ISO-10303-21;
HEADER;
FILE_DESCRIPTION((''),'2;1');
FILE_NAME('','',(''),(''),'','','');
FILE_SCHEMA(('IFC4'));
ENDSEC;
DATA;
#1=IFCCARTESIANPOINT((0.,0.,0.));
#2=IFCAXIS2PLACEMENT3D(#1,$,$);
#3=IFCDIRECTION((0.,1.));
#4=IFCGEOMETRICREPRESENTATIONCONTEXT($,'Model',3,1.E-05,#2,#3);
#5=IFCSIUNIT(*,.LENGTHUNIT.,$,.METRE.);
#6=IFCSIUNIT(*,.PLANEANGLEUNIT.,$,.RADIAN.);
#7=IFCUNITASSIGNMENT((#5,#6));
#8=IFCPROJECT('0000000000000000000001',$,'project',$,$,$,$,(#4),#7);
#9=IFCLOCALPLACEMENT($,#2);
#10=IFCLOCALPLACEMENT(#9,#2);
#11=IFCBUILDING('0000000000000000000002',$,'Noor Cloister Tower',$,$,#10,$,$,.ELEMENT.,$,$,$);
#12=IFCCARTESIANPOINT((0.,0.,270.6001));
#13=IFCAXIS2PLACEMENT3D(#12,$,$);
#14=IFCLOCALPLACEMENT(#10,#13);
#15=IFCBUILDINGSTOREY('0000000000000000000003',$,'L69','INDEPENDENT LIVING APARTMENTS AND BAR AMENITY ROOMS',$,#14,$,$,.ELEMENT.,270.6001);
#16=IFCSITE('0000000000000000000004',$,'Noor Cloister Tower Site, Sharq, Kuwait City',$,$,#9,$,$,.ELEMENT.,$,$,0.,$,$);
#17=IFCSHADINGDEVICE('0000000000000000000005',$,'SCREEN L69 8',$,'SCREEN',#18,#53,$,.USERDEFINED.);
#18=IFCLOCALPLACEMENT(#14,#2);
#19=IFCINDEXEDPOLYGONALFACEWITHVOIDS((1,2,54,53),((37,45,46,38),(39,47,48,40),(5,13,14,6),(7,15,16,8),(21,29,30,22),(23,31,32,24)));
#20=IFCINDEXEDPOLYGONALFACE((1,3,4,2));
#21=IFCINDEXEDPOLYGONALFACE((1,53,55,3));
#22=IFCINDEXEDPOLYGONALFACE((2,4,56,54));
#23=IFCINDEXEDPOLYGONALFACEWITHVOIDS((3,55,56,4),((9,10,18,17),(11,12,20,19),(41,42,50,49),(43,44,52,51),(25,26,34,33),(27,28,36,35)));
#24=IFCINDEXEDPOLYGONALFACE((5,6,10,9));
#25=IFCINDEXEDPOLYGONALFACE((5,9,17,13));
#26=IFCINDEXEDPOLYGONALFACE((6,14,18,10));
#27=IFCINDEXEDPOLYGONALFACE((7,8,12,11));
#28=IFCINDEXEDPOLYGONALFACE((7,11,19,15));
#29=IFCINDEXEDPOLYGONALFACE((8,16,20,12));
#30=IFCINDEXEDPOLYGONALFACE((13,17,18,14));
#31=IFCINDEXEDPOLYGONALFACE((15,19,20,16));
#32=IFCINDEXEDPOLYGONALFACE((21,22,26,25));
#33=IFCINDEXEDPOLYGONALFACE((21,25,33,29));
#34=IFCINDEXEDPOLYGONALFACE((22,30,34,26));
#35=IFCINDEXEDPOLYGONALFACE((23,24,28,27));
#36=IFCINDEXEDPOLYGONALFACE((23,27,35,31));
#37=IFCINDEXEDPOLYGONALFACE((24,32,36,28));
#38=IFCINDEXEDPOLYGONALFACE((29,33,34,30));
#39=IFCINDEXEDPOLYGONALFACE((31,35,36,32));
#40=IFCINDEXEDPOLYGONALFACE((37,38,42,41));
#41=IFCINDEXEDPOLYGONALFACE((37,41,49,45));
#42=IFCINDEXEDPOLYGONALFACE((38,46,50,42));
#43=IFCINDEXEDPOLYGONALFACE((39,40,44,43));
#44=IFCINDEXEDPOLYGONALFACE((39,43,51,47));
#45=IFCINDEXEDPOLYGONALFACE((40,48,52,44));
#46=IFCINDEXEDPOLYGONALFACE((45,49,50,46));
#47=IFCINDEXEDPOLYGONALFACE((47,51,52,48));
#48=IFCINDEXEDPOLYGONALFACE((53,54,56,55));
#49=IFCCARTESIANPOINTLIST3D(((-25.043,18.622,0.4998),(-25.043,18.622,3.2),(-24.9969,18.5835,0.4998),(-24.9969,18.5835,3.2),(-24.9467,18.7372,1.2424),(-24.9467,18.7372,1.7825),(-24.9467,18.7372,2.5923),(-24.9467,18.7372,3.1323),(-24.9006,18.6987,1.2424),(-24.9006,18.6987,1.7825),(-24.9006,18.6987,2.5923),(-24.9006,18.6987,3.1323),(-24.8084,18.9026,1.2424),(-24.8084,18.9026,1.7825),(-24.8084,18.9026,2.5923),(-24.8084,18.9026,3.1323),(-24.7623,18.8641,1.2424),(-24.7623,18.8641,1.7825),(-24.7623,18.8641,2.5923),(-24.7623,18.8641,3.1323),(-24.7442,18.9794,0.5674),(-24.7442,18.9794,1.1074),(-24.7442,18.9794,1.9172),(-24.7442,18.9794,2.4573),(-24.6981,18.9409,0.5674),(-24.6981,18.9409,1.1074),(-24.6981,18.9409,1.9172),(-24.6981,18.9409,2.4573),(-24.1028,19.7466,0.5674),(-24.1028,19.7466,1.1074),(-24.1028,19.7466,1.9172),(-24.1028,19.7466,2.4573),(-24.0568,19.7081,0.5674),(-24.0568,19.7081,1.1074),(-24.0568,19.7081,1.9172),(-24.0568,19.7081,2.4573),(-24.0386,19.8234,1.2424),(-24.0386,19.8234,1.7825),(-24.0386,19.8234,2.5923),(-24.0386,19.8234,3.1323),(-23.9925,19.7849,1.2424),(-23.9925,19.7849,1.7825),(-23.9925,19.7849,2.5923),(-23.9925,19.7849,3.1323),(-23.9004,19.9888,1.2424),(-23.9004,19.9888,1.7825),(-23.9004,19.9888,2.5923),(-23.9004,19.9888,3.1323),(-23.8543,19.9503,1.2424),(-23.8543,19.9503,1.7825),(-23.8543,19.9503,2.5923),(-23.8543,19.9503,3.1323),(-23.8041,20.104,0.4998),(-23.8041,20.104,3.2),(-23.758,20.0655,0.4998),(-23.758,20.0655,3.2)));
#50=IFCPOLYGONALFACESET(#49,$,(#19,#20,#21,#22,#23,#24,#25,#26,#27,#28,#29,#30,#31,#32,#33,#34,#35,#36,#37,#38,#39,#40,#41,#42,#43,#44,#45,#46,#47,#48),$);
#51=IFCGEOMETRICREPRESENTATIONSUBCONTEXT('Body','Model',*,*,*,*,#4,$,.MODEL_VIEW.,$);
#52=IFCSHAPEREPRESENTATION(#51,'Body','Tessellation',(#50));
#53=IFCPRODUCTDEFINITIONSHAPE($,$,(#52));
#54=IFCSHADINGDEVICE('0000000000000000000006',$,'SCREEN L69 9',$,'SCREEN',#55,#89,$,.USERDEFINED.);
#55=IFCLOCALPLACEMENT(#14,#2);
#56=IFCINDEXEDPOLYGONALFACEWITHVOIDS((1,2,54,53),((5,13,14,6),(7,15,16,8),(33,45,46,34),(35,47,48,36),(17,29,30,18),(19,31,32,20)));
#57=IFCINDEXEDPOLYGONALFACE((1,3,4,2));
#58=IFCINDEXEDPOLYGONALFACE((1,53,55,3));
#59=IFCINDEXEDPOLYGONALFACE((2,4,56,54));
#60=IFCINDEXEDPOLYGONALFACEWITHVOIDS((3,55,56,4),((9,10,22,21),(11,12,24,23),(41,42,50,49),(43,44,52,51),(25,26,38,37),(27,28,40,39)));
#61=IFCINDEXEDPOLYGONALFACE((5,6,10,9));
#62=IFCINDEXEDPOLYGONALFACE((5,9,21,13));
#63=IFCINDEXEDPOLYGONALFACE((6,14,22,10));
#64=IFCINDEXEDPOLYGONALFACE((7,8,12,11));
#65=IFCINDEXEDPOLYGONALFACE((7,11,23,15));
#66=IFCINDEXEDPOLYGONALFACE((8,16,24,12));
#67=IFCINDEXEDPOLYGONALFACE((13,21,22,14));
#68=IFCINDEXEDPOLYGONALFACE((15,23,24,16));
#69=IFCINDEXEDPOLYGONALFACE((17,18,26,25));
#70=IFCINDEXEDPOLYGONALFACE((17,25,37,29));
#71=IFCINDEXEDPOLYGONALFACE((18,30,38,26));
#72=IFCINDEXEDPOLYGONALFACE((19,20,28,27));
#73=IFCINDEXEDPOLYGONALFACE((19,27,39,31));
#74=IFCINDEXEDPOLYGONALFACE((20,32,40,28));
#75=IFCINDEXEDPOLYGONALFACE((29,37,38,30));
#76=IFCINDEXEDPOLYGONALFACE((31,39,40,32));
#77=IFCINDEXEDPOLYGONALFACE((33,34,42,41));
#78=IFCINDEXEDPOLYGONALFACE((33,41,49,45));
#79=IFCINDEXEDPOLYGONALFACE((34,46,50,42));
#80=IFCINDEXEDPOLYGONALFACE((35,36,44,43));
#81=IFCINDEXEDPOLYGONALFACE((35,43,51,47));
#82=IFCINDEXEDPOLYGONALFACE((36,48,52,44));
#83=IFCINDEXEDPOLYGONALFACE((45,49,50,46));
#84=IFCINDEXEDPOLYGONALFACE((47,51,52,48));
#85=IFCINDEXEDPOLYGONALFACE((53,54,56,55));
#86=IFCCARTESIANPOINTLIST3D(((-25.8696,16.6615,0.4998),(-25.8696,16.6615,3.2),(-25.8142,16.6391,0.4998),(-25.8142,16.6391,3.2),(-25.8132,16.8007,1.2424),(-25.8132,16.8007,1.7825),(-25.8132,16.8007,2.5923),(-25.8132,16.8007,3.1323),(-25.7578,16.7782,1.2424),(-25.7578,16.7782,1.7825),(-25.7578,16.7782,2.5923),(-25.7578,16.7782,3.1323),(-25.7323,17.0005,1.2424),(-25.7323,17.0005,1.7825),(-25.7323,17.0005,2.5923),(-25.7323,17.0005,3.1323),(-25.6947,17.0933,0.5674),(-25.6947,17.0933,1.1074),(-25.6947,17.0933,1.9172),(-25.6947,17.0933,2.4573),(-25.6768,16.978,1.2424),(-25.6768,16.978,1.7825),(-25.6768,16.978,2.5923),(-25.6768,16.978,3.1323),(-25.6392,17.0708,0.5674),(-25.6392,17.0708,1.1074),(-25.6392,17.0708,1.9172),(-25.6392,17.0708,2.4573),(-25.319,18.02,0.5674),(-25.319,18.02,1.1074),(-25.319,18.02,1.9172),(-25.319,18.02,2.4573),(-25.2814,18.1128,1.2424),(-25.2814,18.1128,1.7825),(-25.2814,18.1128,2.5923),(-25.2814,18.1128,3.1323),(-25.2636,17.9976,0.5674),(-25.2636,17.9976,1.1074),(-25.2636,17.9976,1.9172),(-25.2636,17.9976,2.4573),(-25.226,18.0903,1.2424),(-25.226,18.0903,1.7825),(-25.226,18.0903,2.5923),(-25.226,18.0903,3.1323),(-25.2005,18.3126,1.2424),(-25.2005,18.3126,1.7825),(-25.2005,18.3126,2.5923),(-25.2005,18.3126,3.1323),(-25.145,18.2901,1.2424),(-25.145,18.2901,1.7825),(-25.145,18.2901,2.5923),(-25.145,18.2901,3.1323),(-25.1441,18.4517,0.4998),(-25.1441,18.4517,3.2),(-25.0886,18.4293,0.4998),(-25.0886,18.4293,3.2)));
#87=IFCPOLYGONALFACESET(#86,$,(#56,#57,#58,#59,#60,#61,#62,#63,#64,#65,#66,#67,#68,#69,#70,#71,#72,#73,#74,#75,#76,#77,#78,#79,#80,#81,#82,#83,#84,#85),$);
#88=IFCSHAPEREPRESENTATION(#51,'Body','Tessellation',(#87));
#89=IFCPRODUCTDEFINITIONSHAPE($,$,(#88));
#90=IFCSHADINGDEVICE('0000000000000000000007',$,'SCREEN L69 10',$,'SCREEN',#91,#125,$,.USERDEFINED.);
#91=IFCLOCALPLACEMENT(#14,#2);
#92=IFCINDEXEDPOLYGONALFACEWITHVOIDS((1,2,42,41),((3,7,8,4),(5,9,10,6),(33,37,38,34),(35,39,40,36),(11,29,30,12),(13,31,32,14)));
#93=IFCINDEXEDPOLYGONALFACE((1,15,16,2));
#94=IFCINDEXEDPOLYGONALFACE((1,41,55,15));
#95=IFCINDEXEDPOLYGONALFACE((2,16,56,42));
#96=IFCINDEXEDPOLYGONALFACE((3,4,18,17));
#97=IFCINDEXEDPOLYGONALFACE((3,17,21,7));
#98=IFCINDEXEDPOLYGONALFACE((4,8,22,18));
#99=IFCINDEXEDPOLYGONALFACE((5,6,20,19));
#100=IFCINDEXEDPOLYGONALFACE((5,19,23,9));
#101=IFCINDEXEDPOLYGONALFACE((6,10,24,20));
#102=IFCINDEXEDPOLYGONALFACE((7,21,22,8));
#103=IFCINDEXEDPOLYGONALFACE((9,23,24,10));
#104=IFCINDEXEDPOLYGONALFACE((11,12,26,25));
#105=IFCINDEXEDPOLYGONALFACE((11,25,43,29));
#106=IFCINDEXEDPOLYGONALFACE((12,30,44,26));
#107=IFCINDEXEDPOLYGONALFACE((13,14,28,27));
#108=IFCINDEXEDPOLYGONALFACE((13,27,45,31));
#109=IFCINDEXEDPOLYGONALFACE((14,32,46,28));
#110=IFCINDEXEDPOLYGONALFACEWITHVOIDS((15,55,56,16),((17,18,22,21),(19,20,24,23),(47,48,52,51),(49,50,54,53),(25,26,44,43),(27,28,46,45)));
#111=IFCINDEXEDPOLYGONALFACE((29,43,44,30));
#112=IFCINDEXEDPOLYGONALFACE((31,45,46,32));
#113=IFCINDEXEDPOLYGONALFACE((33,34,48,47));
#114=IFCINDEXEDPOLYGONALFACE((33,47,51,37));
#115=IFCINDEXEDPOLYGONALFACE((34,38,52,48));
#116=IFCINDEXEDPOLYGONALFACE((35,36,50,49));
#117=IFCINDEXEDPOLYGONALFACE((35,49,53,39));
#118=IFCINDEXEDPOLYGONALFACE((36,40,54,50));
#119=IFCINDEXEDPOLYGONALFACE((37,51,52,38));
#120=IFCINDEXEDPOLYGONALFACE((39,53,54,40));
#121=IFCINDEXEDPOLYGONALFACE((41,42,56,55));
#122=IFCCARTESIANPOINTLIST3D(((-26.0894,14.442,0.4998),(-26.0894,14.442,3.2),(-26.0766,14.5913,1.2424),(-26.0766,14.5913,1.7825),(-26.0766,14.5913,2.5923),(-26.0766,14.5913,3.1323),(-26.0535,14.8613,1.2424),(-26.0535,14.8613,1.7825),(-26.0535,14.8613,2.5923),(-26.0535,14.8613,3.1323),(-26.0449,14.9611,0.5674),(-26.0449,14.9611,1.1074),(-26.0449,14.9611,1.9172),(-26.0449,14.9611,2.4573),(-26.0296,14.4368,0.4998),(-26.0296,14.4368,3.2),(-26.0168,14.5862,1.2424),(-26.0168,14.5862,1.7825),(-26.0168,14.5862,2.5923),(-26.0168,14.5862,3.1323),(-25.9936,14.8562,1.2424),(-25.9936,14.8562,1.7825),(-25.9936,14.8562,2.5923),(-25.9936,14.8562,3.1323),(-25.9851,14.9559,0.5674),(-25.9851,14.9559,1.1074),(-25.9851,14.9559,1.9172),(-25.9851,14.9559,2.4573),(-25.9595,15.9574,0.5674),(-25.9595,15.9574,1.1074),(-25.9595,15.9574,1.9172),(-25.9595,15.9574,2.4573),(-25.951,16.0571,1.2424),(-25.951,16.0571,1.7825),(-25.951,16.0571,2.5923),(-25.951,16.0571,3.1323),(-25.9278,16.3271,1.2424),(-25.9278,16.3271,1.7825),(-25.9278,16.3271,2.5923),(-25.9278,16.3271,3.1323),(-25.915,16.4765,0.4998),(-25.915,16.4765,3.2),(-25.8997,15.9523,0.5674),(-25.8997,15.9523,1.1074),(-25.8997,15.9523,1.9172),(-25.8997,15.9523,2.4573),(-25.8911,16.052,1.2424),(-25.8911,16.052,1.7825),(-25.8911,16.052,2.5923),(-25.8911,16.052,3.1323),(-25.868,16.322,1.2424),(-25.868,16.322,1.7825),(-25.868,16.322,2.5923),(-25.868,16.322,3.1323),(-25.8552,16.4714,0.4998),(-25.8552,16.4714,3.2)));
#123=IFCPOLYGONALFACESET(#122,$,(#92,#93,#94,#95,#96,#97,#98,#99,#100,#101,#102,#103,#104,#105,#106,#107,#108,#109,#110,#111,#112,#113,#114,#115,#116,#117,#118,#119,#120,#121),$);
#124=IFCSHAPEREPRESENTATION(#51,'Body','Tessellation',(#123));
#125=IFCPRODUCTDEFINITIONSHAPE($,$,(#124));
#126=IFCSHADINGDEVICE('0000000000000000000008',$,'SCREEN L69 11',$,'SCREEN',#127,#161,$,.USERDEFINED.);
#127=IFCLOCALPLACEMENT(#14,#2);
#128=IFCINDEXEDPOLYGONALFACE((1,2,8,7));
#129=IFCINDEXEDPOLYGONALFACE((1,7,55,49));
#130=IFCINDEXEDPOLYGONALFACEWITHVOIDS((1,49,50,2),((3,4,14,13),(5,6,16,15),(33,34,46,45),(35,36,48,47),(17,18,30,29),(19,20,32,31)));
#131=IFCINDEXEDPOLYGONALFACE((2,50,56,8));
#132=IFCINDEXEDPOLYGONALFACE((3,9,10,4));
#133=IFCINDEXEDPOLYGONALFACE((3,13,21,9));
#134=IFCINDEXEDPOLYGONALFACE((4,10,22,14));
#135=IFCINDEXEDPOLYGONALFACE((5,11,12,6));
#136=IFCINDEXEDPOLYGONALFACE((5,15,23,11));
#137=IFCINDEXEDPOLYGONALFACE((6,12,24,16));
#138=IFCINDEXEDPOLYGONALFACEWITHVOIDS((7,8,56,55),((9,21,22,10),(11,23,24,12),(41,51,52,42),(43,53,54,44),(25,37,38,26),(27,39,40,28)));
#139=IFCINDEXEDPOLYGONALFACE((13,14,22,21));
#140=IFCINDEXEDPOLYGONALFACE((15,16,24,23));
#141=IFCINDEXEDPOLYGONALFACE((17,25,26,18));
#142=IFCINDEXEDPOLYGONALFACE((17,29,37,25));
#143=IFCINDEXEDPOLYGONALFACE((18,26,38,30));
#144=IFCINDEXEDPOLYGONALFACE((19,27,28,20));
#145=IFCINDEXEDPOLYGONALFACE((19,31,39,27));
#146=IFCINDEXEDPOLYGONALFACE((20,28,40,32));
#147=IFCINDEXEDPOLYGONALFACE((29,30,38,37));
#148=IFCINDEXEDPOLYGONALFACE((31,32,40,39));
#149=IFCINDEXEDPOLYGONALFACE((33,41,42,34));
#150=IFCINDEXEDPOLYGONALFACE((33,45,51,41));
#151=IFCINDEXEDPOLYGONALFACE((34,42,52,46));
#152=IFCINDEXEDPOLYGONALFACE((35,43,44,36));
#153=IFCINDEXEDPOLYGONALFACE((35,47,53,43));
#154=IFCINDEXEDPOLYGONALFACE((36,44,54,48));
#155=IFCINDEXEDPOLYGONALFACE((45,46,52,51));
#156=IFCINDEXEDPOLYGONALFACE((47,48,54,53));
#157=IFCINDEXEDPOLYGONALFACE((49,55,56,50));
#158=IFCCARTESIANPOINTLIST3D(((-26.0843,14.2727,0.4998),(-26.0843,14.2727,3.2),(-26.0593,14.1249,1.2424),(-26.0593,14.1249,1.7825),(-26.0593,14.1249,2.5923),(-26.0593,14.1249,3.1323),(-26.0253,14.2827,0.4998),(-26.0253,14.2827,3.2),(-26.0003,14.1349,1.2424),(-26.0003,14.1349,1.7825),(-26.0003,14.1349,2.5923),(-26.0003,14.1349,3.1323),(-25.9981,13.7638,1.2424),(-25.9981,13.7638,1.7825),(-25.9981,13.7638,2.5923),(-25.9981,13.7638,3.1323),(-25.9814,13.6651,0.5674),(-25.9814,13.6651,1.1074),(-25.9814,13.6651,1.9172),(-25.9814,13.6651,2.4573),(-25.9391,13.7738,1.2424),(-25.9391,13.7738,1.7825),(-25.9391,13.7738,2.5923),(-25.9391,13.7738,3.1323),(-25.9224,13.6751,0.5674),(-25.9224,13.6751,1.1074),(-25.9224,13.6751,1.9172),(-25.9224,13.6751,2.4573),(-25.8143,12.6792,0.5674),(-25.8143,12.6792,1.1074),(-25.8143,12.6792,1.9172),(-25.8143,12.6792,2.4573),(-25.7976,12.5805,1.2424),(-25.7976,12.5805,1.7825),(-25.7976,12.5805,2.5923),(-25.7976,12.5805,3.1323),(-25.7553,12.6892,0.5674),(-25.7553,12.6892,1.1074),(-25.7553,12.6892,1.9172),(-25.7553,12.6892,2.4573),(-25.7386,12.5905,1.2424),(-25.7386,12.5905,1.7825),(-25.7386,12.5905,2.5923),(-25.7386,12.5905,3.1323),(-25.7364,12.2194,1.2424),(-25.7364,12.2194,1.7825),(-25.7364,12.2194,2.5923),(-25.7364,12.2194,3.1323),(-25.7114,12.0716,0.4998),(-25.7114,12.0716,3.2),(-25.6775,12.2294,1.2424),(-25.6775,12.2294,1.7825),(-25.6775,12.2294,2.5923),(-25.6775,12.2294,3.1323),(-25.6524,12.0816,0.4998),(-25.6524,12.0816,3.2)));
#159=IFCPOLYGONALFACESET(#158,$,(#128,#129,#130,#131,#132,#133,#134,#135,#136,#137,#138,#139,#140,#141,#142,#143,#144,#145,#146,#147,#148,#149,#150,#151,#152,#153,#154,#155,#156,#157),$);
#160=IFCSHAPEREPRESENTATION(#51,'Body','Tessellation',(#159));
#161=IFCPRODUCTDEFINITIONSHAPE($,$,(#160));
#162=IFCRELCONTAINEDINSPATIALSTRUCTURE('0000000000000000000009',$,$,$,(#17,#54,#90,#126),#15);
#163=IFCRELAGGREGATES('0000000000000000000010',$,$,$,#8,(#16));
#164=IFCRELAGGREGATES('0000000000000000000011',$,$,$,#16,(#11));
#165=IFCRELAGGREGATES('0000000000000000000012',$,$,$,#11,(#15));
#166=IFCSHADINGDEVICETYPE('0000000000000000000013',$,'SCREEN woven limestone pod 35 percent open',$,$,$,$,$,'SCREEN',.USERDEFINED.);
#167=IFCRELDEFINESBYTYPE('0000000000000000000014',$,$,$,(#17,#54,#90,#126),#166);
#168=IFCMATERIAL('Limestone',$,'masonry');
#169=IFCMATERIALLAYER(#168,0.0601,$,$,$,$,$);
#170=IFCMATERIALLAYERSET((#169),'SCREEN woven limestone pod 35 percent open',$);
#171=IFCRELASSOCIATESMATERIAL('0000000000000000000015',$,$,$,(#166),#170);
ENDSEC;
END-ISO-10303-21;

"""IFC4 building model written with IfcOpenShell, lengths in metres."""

from ifc_helpers import new_model, si_unit, direction, frame, origin, place, context, subcontext, project, spatial, polyline, outline, extrude, material, layer, layer_set, type_object, element, save


model = new_model("IFC4")

# Units and contexts
model_context = context("Model", 3, precision=1e-05, world=origin(), true_north=direction((0.0, 1.0)))
body_context = subcontext(model_context, "Body", "Model", "MODEL_VIEW")
ifc_project = project(units=[si_unit("LENGTHUNIT", "METRE"), si_unit("PLANEANGLEUNIT", "RADIAN")], contexts=[model_context])

# Site, building, storey
site_placement = place(None, origin())
site = spatial("IfcSite", under=ifc_project, at=site_placement, Name="Noor Cloister Tower Site, Sharq, Kuwait City", CompositionType="ELEMENT", RefElevation=0.0)
building_placement = place(site_placement, origin())
building = spatial("IfcBuilding", under=site, at=building_placement, Name="Noor Cloister Tower", CompositionType="ELEMENT")
storey_placement = place(building_placement, frame((0.0, 0.0, 270.6001)))
storey = spatial("IfcBuildingStorey", under=building, at=storey_placement, Name="L69", Description="INDEPENDENT LIVING APARTMENTS AND BAR AMENITY ROOMS", CompositionType="ELEMENT", Elevation=270.6001)

# Shading devices
ifc_material_1 = material(Name="Limestone", Category="masonry")
ifc_layer_1 = layer(ifc_material_1, 0.0601)
ifc_layer_set_1 = layer_set([ifc_layer_1], Name="SCREEN woven limestone pod 35 percent open")
shading_device_type = type_object("IfcShadingDeviceType", Name="SCREEN woven limestone pod 35 percent open", ElementType="SCREEN", PredefinedType="USERDEFINED", material=ifc_layer_set_1)
shading_device_1_placement = place(storey_placement, frame((-24.3774, 19.3245, 1.8499), z_axis=(-0.767222, 0.641381, 0.0), x_axis=(-0.641381, -0.767222, 0.0)))
element("IfcShadingDevice", 1, at=shading_device_1_placement, inside=storey, type_object=shading_device_type, Name="SCREEN L69 8", ObjectType="SCREEN", PredefinedType="USERDEFINED", context=body_context, shape_type="SweptSolid", body=[
    extrude(outline(polyline([(-0.9658, -1.3501), (0.9658, -1.3501), (0.9658, 1.3501), (-0.9658, 1.3501), (-0.9658, -1.3501)]), holes=[polyline([(-0.5, -1.2825), (0.5, -1.2825), (0.5, -0.7424), (-0.5, -0.7424), (-0.5, -1.2825)]), polyline([(0.6001, -0.6074), (0.8157, -0.6074), (0.8157, -0.0674), (0.6001, -0.0674), (0.6001, -0.6074)]), polyline([(-0.8157, -0.6074), (-0.6001, -0.6074), (-0.6001, -0.0674), (-0.8157, -0.0674), (-0.8157, -0.6074)]), polyline([(-0.5, 0.0674), (0.5, 0.0674), (0.5, 0.6074), (-0.5, 0.6074), (-0.5, 0.0674)]), polyline([(0.6001, 0.7424), (0.8157, 0.7424), (0.8157, 1.2825), (0.6001, 1.2825), (0.6001, 0.7424)]), polyline([(-0.8157, 0.7424), (-0.6001, 0.7424), (-0.6001, 1.2825), (-0.8157, 1.2825), (-0.8157, 0.7424)])]), origin(), (0.0, 0.0, 1.0), 0.0601),
])
shading_device_2_placement = place(storey_placement, frame((-25.4514, 17.5342, 1.8499), z_axis=(-0.926778, 0.37561, 0.0), x_axis=(-0.37561, -0.926778, 0.0)))
element("IfcShadingDevice", 2, at=shading_device_2_placement, inside=storey, type_object=shading_device_type, Name="SCREEN L69 9", ObjectType="SCREEN", PredefinedType="USERDEFINED", context=body_context, shape_type="SweptSolid", body=[
    extrude(outline(polyline([(-0.9658, -1.3501), (0.9658, -1.3501), (0.9658, 1.3501), (-0.9658, 1.3501), (-0.9658, -1.3501)]), holes=[polyline([(-0.5, -1.2825), (0.5, -1.2825), (0.5, -0.7424), (-0.5, -0.7424), (-0.5, -1.2825)]), polyline([(0.6001, -0.6074), (0.8157, -0.6074), (0.8157, -0.0674), (0.6001, -0.0674), (0.6001, -0.6074)]), polyline([(-0.8157, -0.6074), (-0.6001, -0.6074), (-0.6001, -0.0674), (-0.8157, -0.0674), (-0.8157, -0.6074)]), polyline([(-0.5, 0.0674), (0.5, 0.0674), (0.5, 0.6074), (-0.5, 0.6074), (-0.5, 0.0674)]), polyline([(0.6001, 0.7424), (0.8157, 0.7424), (0.8157, 1.2825), (0.6001, 1.2825), (0.6001, 0.7424)]), polyline([(-0.8157, 0.7424), (-0.6001, 0.7424), (-0.6001, 1.2825), (-0.8157, 1.2825), (-0.8157, 0.7424)])]), origin(), (0.0, 0.0, 1.0), 0.0598),
])
shading_device_3_placement = place(storey_placement, frame((-25.9424, 15.4541, 1.8499), z_axis=(-0.996347, 0.085401, 0.0), x_axis=(-0.085401, -0.996347, 0.0)))
element("IfcShadingDevice", 3, at=shading_device_3_placement, inside=storey, type_object=shading_device_type, Name="SCREEN L69 10", ObjectType="SCREEN", PredefinedType="USERDEFINED", context=body_context, shape_type="SweptSolid", body=[
    extrude(outline(polyline([(-1.021, -1.3501), (1.021, -1.3501), (1.021, 1.3501), (-1.021, 1.3501), (-1.021, -1.3501)]), holes=[polyline([(-0.5, -1.2825), (0.5, -1.2825), (0.5, -0.7424), (-0.5, -0.7424), (-0.5, -1.2825)]), polyline([(0.6001, -0.6074), (0.8711, -0.6074), (0.8711, -0.0674), (0.6001, -0.0674), (0.6001, -0.6074)]), polyline([(-0.8711, -0.6074), (-0.6001, -0.6074), (-0.6001, -0.0674), (-0.8711, -0.0674), (-0.8711, -0.6074)]), polyline([(-0.5, 0.0674), (0.5, 0.0674), (0.5, 0.6074), (-0.5, 0.6074), (-0.5, 0.0674)]), polyline([(0.6001, 0.7424), (0.8711, 0.7424), (0.8711, 1.2825), (0.6001, 1.2825), (0.6001, 0.7424)]), polyline([(-0.8711, 0.7424), (-0.6001, 0.7424), (-0.6001, 1.2825), (-0.8711, 1.2825), (-0.8711, 0.7424)])]), origin(), (0.0, 0.0, 1.0), 0.0601),
])
shading_device_4_placement = place(storey_placement, frame((-25.8389, 13.1821, 1.8499), z_axis=(-0.98595, -0.167041, 0.0), x_axis=(0.167041, -0.98595, 0.0)))
element("IfcShadingDevice", 4, at=shading_device_4_placement, inside=storey, type_object=shading_device_type, Name="SCREEN L69 11", ObjectType="SCREEN", PredefinedType="USERDEFINED", context=body_context, shape_type="SweptSolid", body=[
    extrude(outline(polyline([(-1.1162, -1.3501), (1.1162, -1.3501), (1.1162, 1.3501), (-1.1162, 1.3501), (-1.1162, -1.3501)]), holes=[polyline([(-0.5, -1.2825), (0.5, -1.2825), (0.5, -0.7424), (-0.5, -0.7424), (-0.5, -1.2825)]), polyline([(0.6001, -0.6074), (0.9663, -0.6074), (0.9663, -0.0674), (0.6001, -0.0674), (0.6001, -0.6074)]), polyline([(-0.9663, -0.6074), (-0.6001, -0.6074), (-0.6001, -0.0674), (-0.9663, -0.0674), (-0.9663, -0.6074)]), polyline([(-0.5, 0.0674), (0.5, 0.0674), (0.5, 0.6074), (-0.5, 0.6074), (-0.5, 0.0674)]), polyline([(0.6001, 0.7424), (0.9663, 0.7424), (0.9663, 1.2825), (0.6001, 1.2825), (0.6001, 0.7424)]), polyline([(-0.9663, 0.7424), (-0.6001, 0.7424), (-0.6001, 1.2825), (-0.9663, 1.2825), (-0.9663, 0.7424)])]), origin(), (0.0, 0.0, 1.0), 0.0598),
])

save(model, "model.ifc")
